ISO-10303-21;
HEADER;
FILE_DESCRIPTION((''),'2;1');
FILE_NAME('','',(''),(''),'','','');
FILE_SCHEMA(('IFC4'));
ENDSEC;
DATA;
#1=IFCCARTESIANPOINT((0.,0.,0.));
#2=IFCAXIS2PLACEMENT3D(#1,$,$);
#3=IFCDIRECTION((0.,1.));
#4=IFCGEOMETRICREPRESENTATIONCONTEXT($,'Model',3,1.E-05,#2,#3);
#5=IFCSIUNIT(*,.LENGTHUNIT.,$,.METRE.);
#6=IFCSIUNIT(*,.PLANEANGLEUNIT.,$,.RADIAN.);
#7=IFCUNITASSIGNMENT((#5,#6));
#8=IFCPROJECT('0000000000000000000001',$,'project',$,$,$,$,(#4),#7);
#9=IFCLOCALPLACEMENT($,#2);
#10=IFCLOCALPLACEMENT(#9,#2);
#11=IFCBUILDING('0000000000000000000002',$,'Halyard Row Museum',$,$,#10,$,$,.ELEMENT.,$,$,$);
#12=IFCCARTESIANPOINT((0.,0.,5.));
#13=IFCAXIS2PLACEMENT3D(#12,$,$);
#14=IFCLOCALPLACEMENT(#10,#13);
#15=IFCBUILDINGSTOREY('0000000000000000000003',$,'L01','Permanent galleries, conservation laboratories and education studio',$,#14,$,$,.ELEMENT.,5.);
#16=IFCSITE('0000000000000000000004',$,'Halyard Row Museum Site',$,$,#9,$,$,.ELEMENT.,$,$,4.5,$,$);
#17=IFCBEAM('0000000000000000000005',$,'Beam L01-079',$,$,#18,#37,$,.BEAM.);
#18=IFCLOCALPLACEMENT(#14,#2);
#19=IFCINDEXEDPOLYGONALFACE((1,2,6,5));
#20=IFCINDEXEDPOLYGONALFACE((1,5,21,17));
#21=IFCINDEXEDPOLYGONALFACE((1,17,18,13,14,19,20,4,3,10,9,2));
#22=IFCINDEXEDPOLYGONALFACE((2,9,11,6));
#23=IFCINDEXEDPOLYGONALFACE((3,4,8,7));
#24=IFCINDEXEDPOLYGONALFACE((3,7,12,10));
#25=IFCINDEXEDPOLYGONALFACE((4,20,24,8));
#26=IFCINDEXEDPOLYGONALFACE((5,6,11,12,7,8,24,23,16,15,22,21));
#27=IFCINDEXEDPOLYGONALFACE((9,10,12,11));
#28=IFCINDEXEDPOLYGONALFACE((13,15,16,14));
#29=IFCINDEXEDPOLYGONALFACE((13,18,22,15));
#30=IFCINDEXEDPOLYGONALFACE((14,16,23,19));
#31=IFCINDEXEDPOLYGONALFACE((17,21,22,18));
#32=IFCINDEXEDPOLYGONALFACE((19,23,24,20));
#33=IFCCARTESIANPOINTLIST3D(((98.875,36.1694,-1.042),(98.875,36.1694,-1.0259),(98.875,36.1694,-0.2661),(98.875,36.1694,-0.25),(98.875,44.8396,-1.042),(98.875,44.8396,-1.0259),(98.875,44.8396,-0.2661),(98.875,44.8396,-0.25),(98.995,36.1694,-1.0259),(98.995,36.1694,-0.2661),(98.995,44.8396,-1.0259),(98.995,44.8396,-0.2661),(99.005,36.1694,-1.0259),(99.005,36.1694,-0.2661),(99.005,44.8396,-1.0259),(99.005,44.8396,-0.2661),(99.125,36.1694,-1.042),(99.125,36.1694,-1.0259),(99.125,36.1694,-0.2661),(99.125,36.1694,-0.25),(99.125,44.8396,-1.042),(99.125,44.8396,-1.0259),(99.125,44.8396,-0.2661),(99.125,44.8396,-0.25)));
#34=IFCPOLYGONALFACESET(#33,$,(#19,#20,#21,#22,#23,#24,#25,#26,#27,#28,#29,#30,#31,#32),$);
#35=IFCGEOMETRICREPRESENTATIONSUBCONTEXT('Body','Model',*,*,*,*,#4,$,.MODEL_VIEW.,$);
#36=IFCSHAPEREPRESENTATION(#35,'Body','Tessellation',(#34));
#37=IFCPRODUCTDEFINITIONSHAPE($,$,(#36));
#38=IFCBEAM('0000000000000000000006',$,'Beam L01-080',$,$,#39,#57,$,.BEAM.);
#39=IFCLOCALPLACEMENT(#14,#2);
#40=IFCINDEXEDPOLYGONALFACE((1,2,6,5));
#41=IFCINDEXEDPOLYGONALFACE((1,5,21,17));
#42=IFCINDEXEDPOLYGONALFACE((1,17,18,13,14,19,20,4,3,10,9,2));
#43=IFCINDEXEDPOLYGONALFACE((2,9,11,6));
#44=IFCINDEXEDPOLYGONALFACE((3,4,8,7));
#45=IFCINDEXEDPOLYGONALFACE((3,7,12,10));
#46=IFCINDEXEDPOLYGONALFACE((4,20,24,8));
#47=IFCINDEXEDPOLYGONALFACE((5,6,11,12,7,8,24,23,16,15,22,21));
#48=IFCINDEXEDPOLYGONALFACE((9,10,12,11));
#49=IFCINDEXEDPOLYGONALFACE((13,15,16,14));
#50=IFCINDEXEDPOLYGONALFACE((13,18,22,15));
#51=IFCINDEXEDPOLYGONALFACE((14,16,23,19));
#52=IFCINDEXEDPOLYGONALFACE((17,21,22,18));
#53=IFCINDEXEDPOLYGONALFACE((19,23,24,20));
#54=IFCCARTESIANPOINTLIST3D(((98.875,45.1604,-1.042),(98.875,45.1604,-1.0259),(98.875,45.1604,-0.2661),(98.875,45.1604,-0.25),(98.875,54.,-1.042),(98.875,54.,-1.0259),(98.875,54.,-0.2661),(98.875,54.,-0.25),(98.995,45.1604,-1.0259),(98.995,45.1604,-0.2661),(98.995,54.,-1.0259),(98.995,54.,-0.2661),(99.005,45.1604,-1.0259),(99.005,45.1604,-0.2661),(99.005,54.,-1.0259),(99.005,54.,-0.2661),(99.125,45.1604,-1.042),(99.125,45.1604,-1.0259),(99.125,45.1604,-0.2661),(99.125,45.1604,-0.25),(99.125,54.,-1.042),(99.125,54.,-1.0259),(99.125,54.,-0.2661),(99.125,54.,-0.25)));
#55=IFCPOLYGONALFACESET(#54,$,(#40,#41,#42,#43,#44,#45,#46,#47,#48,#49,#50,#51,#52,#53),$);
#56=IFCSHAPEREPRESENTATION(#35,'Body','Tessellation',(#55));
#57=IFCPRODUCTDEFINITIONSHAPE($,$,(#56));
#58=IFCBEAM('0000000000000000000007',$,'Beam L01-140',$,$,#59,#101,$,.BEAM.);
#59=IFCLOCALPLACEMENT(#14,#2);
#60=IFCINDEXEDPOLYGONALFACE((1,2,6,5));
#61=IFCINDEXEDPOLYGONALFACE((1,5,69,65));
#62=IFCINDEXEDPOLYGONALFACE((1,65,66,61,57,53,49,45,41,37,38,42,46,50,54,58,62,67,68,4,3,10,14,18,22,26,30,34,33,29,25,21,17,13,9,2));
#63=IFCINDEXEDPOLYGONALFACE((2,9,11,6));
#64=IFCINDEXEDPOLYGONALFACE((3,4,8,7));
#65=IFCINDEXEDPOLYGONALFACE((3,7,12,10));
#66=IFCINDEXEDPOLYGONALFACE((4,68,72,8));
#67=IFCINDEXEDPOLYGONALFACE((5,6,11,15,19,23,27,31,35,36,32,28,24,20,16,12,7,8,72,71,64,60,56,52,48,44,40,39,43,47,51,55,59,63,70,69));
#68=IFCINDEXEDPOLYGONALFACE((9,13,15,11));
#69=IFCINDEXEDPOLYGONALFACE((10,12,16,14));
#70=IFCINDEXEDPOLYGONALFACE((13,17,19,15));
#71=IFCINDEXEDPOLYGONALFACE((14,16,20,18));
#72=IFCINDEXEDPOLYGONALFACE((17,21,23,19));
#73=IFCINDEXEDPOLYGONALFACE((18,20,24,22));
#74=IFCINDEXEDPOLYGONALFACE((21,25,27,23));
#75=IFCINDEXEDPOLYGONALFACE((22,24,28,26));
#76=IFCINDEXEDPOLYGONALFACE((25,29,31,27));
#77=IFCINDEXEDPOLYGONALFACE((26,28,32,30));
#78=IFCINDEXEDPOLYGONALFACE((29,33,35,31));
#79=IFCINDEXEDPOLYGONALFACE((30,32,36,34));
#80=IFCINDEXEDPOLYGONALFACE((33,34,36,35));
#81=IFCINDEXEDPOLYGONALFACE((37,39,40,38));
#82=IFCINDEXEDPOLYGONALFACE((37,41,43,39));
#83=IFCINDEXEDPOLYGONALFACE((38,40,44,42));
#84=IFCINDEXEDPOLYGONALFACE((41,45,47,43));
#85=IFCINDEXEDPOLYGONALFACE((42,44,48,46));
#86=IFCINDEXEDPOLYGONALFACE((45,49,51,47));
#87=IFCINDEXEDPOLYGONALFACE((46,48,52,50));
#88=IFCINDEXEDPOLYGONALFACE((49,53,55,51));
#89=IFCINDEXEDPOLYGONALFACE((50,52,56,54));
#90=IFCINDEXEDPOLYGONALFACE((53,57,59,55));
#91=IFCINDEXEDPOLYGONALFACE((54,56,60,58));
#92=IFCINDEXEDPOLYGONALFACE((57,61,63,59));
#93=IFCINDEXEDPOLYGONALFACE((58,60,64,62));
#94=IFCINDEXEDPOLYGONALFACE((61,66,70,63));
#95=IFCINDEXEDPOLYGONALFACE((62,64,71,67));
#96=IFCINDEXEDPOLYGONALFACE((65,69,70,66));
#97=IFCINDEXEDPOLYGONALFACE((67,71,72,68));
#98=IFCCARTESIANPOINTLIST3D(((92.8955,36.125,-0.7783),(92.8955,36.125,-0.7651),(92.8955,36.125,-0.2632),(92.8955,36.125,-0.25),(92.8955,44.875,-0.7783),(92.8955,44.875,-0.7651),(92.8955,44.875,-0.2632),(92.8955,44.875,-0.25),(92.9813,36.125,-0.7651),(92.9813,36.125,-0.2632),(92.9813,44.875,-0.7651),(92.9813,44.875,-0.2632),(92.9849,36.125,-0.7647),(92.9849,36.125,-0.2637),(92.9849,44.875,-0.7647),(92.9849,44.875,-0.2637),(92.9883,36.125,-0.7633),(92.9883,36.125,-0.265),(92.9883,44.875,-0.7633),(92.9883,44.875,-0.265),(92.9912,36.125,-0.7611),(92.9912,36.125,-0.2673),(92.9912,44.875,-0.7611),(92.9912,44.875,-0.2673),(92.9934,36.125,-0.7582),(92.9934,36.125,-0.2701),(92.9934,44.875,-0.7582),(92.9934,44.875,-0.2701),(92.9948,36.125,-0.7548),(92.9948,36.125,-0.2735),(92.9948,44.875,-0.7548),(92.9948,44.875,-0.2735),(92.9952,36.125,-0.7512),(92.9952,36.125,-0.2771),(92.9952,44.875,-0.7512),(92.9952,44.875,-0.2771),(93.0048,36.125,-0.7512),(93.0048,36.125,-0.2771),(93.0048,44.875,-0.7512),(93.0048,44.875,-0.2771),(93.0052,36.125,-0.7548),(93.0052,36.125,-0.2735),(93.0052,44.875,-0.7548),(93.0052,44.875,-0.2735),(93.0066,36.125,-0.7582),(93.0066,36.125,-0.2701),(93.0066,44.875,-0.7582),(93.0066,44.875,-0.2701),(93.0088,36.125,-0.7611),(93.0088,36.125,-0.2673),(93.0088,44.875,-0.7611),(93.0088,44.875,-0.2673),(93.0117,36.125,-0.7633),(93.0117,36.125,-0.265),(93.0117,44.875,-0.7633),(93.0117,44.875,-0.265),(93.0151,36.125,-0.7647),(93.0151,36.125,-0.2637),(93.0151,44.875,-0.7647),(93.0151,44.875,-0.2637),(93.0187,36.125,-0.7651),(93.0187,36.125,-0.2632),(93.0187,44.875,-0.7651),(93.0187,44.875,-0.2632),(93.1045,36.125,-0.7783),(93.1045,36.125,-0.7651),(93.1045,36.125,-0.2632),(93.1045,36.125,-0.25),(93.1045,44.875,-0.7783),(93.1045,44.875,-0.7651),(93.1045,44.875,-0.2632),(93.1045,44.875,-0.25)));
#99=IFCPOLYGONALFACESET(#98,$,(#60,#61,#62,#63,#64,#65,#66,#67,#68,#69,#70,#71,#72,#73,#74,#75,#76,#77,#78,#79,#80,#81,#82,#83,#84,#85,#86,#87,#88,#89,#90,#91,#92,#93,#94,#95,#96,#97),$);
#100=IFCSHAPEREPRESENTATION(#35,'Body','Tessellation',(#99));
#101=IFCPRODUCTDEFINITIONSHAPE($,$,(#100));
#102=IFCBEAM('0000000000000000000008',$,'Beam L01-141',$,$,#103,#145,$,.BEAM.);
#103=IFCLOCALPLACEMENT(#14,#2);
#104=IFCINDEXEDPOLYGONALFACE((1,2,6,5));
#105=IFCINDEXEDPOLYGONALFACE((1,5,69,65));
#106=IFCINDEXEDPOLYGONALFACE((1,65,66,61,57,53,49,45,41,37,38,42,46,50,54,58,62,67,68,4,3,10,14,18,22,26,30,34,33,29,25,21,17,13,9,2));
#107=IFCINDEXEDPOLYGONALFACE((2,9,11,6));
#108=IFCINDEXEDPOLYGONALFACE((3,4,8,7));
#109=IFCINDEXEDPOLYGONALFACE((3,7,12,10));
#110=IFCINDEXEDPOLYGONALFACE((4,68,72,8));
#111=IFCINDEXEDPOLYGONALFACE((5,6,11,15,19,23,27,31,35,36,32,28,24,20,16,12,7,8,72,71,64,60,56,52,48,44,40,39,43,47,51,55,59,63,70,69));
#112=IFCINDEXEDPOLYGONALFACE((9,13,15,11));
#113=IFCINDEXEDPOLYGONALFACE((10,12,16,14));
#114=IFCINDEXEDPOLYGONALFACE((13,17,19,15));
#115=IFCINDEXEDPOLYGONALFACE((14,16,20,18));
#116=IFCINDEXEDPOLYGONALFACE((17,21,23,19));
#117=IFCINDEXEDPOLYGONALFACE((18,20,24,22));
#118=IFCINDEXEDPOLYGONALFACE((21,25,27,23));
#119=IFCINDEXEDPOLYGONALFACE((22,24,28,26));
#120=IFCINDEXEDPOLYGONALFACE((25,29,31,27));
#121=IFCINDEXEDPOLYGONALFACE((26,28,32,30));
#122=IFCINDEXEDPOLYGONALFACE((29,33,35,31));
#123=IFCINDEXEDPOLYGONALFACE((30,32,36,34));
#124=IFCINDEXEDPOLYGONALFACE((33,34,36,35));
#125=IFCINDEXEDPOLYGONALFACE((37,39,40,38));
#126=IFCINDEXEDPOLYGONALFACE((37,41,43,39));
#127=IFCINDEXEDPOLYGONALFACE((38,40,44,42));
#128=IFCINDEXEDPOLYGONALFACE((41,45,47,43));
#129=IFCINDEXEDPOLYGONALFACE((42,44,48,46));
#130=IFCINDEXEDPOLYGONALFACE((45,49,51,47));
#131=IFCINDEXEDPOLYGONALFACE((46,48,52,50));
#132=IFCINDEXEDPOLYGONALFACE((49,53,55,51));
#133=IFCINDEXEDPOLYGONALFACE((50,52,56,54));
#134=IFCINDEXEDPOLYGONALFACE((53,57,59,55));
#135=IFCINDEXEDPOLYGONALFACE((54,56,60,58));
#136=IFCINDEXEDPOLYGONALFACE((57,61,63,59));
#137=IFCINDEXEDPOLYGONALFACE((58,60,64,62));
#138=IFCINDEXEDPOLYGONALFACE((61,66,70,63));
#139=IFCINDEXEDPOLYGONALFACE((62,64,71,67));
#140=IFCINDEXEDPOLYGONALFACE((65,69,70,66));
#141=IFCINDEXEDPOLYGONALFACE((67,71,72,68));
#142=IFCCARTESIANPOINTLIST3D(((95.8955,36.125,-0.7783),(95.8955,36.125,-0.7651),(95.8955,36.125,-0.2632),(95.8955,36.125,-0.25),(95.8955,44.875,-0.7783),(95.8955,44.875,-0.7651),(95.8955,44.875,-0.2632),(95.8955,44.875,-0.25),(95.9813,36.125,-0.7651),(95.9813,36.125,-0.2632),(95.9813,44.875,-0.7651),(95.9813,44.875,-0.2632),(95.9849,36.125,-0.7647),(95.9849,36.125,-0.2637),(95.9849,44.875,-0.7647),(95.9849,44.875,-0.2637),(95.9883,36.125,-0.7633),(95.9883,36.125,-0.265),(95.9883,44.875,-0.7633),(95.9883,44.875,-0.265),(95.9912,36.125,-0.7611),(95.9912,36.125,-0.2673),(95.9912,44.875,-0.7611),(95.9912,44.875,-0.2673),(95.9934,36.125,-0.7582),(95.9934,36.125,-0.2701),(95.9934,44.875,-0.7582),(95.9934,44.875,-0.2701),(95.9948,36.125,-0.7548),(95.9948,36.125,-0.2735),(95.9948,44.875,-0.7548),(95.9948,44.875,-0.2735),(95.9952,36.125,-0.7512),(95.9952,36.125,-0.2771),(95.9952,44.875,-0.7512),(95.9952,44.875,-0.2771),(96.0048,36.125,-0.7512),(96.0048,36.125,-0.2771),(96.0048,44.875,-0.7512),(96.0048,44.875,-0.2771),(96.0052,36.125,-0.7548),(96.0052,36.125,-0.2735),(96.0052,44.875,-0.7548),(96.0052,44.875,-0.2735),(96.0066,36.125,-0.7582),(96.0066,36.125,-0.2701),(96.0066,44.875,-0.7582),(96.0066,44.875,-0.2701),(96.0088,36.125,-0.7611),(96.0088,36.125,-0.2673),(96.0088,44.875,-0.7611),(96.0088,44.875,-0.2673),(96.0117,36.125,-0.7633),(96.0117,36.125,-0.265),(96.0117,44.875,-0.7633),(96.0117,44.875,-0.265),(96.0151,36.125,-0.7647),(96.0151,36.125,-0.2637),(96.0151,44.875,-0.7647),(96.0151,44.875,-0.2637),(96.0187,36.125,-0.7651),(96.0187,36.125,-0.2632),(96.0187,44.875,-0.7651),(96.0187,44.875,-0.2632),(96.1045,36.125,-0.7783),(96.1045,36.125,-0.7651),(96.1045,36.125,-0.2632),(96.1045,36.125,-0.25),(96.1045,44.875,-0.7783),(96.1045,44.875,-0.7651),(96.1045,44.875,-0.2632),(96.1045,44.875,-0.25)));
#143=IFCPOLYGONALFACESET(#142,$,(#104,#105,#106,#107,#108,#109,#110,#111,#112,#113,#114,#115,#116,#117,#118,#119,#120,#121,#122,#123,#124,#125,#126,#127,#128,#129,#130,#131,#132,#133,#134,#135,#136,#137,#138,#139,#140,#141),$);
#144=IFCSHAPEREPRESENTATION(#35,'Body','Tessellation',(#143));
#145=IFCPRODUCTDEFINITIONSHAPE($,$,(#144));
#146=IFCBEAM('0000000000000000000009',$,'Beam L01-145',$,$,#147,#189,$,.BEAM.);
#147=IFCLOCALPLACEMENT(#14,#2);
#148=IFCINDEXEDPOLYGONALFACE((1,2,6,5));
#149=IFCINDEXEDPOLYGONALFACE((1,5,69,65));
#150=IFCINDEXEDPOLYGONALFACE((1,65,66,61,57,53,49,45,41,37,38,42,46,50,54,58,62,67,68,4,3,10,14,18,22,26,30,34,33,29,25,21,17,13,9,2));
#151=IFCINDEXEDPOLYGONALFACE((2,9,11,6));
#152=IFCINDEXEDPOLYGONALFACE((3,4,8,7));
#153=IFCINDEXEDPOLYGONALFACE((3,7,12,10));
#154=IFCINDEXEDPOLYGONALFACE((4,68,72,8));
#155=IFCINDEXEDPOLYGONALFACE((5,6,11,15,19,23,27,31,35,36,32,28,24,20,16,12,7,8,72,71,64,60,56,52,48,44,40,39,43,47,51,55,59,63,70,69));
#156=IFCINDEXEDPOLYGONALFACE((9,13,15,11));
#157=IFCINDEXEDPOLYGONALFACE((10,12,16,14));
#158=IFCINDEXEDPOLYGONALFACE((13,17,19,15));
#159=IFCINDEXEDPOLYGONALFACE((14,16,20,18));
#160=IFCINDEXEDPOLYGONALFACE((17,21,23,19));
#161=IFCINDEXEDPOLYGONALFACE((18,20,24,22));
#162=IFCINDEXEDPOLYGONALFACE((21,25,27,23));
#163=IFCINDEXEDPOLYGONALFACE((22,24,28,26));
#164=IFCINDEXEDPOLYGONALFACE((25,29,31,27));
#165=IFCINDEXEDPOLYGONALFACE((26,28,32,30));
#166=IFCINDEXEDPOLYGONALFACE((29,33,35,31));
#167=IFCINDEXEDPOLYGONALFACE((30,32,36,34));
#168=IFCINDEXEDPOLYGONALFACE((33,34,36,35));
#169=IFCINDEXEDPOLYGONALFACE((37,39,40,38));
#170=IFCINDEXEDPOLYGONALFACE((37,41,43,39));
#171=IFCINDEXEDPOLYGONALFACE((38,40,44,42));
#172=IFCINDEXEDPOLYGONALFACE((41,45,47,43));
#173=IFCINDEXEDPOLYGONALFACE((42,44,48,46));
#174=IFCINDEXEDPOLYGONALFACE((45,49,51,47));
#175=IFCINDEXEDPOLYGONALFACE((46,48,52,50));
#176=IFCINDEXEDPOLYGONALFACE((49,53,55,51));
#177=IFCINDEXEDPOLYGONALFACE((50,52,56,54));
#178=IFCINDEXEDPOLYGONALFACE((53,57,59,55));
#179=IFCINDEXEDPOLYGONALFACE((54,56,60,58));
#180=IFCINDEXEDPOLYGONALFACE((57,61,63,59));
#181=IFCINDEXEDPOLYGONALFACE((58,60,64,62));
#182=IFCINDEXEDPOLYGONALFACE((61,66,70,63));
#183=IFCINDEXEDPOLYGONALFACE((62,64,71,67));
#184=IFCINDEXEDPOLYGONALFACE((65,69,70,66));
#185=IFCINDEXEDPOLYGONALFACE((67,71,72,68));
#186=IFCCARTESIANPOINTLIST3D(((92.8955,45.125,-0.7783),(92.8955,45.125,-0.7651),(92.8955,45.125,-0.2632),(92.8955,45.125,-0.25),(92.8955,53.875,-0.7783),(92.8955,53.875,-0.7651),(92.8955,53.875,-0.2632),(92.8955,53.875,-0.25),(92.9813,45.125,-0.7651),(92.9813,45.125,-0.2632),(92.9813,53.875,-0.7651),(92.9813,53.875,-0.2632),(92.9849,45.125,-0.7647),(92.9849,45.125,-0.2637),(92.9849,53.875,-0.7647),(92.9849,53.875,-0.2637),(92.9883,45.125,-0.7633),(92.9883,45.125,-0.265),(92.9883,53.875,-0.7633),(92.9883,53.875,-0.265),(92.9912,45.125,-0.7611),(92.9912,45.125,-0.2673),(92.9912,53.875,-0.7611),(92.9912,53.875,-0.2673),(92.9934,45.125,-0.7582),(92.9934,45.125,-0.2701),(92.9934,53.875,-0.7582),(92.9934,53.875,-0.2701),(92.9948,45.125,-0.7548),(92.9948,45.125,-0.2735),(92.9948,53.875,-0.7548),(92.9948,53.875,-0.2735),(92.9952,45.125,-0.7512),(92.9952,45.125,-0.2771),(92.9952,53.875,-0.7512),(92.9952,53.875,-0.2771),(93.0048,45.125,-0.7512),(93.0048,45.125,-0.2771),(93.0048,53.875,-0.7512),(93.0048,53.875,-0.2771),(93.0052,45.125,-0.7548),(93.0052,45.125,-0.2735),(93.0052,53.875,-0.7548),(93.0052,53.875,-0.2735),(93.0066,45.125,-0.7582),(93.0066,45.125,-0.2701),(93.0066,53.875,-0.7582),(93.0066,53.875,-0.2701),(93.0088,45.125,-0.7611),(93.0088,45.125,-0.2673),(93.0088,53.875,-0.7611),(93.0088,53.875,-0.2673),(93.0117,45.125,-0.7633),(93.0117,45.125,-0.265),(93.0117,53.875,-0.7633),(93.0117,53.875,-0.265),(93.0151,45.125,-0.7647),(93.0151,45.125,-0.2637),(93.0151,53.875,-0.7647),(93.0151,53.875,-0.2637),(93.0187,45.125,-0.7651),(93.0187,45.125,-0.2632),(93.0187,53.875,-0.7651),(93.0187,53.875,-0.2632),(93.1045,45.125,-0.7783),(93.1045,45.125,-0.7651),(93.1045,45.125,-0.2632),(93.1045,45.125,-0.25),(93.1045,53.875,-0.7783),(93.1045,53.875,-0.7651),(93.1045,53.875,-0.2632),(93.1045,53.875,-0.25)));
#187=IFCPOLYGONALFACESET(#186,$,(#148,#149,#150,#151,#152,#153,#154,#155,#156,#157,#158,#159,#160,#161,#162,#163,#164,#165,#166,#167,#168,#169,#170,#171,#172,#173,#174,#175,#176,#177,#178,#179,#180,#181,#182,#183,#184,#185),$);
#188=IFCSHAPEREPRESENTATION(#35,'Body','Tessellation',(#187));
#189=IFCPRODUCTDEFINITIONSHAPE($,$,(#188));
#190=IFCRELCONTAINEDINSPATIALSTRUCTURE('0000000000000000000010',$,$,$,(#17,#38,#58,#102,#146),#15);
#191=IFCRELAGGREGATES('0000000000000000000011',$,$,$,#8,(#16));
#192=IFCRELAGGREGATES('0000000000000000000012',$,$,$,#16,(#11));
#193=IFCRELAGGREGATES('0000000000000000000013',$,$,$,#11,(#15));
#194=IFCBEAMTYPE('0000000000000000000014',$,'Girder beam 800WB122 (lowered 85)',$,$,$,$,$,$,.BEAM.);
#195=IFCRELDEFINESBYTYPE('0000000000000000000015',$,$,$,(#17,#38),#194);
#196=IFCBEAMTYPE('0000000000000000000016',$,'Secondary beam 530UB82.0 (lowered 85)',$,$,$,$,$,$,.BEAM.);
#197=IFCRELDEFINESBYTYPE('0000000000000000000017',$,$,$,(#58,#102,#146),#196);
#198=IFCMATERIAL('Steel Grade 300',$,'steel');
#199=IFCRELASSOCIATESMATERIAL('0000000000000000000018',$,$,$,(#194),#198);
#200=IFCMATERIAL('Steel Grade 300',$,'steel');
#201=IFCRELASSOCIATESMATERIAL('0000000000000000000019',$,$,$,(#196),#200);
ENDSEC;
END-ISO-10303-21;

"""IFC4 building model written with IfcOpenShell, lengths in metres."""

from ifc_helpers import new_model, si_unit, direction, frame, origin, origin_2d, place, context, subcontext, project, spatial, i_section, extrude, material, material_profile, profile_set, type_object, element, save


model = new_model("IFC4")

# Units and contexts
model_context = context("Model", 3, precision=1e-05, world=origin(), true_north=direction((0.0, 1.0)))
body_context = subcontext(model_context, "Body", "Model", "MODEL_VIEW")
ifc_project = project(units=[si_unit("LENGTHUNIT", "METRE"), si_unit("PLANEANGLEUNIT", "RADIAN")], contexts=[model_context])

# Site, building, storey
site_placement = place(None, origin())
site = spatial("IfcSite", under=ifc_project, at=site_placement, Name="Halyard Row Museum Site", CompositionType="ELEMENT", RefElevation=4.5)
building_placement = place(site_placement, origin())
building = spatial("IfcBuilding", under=site, at=building_placement, Name="Halyard Row Museum", CompositionType="ELEMENT")
storey_placement = place(building_placement, frame((0.0, 0.0, 5.0)))
storey = spatial("IfcBuildingStorey", under=building, at=storey_placement, Name="L01", Description="Permanent galleries, conservation laboratories and education studio", CompositionType="ELEMENT", Elevation=5.0)

# Beams
ifc_material_1 = material(Name="Steel Grade 300", Category="steel")
ifc_material_profile_1 = material_profile(ifc_material_1, i_section(OverallWidth=0.25, OverallDepth=0.792, WebThickness=0.01, FlangeThickness=0.0161, at=origin_2d()), Name="800WB122")
ifc_profile_set_1 = profile_set([ifc_material_profile_1], Name="Steel Grade 300")
beam_type_1 = type_object("IfcBeamType", Name="Girder beam 800WB122 (lowered 85)", PredefinedType="BEAM", material=ifc_profile_set_1)
beam_1_placement = place(storey_placement, frame((99.0, 36.1694, -0.646), z_axis=(0.0, 1.0, 0.0), x_axis=(-1.0, 0.0, 0.0)))
element("IfcBeam", 1, at=beam_1_placement, inside=storey, type_object=beam_type_1, Name="Beam L01-079", PredefinedType="BEAM", context=body_context, shape_type="SweptSolid", body=[
    extrude(i_section(OverallWidth=0.25, OverallDepth=0.792, WebThickness=0.01, FlangeThickness=0.0161, at=origin_2d()), origin(), (0.0, 0.0, 1.0), 8.6702),
])
beam_2_placement = place(storey_placement, frame((99.0, 45.1604, -0.646), z_axis=(0.0, 1.0, 0.0), x_axis=(-1.0, 0.0, 0.0)))
element("IfcBeam", 2, at=beam_2_placement, inside=storey, type_object=beam_type_1, Name="Beam L01-080", PredefinedType="BEAM", context=body_context, shape_type="SweptSolid", body=[
    extrude(i_section(OverallWidth=0.25, OverallDepth=0.792, WebThickness=0.01, FlangeThickness=0.0161, at=origin_2d()), origin(), (0.0, 0.0, 1.0), 8.8396),
])
ifc_material_2 = material(Name="Steel Grade 300", Category="steel")
ifc_material_profile_2 = material_profile(ifc_material_2, i_section(OverallWidth=0.209, OverallDepth=0.5283, WebThickness=0.0095, FlangeThickness=0.0132, FilletRadius=0.0139, at=origin_2d()), Name="530UB82.0")
ifc_profile_set_2 = profile_set([ifc_material_profile_2], Name="Steel Grade 300")
beam_type_2 = type_object("IfcBeamType", Name="Secondary beam 530UB82.0 (lowered 85)", PredefinedType="BEAM", material=ifc_profile_set_2)
for number, where, z_axis, x_axis, name in (
    (3, (93.0, 36.125, -0.5142), (0.0, 1.0, 0.0), (-1.0, 0.0, 0.0), "Beam L01-140"),
    (4, (96.0, 36.125, -0.5142), (0.0, 1.0, 0.0), (-1.0, 0.0, 0.0), "Beam L01-141"),
    (5, (93.0, 45.125, -0.5142), (0.0, 1.0, 0.0), (-1.0, 0.0, 0.0), "Beam L01-145"),
):
    element("IfcBeam", number, at=place(storey_placement, frame(where, z_axis=z_axis, x_axis=x_axis)), inside=storey, type_object=beam_type_2, Name=name, PredefinedType="BEAM", context=body_context, shape_type="SweptSolid", body=[
        extrude(i_section(OverallWidth=0.209, OverallDepth=0.5283, WebThickness=0.0095, FlangeThickness=0.0132, FilletRadius=0.0139, at=origin_2d()), origin(), (0.0, 0.0, 1.0), 8.75),
    ])

save(model, "model.ifc")
